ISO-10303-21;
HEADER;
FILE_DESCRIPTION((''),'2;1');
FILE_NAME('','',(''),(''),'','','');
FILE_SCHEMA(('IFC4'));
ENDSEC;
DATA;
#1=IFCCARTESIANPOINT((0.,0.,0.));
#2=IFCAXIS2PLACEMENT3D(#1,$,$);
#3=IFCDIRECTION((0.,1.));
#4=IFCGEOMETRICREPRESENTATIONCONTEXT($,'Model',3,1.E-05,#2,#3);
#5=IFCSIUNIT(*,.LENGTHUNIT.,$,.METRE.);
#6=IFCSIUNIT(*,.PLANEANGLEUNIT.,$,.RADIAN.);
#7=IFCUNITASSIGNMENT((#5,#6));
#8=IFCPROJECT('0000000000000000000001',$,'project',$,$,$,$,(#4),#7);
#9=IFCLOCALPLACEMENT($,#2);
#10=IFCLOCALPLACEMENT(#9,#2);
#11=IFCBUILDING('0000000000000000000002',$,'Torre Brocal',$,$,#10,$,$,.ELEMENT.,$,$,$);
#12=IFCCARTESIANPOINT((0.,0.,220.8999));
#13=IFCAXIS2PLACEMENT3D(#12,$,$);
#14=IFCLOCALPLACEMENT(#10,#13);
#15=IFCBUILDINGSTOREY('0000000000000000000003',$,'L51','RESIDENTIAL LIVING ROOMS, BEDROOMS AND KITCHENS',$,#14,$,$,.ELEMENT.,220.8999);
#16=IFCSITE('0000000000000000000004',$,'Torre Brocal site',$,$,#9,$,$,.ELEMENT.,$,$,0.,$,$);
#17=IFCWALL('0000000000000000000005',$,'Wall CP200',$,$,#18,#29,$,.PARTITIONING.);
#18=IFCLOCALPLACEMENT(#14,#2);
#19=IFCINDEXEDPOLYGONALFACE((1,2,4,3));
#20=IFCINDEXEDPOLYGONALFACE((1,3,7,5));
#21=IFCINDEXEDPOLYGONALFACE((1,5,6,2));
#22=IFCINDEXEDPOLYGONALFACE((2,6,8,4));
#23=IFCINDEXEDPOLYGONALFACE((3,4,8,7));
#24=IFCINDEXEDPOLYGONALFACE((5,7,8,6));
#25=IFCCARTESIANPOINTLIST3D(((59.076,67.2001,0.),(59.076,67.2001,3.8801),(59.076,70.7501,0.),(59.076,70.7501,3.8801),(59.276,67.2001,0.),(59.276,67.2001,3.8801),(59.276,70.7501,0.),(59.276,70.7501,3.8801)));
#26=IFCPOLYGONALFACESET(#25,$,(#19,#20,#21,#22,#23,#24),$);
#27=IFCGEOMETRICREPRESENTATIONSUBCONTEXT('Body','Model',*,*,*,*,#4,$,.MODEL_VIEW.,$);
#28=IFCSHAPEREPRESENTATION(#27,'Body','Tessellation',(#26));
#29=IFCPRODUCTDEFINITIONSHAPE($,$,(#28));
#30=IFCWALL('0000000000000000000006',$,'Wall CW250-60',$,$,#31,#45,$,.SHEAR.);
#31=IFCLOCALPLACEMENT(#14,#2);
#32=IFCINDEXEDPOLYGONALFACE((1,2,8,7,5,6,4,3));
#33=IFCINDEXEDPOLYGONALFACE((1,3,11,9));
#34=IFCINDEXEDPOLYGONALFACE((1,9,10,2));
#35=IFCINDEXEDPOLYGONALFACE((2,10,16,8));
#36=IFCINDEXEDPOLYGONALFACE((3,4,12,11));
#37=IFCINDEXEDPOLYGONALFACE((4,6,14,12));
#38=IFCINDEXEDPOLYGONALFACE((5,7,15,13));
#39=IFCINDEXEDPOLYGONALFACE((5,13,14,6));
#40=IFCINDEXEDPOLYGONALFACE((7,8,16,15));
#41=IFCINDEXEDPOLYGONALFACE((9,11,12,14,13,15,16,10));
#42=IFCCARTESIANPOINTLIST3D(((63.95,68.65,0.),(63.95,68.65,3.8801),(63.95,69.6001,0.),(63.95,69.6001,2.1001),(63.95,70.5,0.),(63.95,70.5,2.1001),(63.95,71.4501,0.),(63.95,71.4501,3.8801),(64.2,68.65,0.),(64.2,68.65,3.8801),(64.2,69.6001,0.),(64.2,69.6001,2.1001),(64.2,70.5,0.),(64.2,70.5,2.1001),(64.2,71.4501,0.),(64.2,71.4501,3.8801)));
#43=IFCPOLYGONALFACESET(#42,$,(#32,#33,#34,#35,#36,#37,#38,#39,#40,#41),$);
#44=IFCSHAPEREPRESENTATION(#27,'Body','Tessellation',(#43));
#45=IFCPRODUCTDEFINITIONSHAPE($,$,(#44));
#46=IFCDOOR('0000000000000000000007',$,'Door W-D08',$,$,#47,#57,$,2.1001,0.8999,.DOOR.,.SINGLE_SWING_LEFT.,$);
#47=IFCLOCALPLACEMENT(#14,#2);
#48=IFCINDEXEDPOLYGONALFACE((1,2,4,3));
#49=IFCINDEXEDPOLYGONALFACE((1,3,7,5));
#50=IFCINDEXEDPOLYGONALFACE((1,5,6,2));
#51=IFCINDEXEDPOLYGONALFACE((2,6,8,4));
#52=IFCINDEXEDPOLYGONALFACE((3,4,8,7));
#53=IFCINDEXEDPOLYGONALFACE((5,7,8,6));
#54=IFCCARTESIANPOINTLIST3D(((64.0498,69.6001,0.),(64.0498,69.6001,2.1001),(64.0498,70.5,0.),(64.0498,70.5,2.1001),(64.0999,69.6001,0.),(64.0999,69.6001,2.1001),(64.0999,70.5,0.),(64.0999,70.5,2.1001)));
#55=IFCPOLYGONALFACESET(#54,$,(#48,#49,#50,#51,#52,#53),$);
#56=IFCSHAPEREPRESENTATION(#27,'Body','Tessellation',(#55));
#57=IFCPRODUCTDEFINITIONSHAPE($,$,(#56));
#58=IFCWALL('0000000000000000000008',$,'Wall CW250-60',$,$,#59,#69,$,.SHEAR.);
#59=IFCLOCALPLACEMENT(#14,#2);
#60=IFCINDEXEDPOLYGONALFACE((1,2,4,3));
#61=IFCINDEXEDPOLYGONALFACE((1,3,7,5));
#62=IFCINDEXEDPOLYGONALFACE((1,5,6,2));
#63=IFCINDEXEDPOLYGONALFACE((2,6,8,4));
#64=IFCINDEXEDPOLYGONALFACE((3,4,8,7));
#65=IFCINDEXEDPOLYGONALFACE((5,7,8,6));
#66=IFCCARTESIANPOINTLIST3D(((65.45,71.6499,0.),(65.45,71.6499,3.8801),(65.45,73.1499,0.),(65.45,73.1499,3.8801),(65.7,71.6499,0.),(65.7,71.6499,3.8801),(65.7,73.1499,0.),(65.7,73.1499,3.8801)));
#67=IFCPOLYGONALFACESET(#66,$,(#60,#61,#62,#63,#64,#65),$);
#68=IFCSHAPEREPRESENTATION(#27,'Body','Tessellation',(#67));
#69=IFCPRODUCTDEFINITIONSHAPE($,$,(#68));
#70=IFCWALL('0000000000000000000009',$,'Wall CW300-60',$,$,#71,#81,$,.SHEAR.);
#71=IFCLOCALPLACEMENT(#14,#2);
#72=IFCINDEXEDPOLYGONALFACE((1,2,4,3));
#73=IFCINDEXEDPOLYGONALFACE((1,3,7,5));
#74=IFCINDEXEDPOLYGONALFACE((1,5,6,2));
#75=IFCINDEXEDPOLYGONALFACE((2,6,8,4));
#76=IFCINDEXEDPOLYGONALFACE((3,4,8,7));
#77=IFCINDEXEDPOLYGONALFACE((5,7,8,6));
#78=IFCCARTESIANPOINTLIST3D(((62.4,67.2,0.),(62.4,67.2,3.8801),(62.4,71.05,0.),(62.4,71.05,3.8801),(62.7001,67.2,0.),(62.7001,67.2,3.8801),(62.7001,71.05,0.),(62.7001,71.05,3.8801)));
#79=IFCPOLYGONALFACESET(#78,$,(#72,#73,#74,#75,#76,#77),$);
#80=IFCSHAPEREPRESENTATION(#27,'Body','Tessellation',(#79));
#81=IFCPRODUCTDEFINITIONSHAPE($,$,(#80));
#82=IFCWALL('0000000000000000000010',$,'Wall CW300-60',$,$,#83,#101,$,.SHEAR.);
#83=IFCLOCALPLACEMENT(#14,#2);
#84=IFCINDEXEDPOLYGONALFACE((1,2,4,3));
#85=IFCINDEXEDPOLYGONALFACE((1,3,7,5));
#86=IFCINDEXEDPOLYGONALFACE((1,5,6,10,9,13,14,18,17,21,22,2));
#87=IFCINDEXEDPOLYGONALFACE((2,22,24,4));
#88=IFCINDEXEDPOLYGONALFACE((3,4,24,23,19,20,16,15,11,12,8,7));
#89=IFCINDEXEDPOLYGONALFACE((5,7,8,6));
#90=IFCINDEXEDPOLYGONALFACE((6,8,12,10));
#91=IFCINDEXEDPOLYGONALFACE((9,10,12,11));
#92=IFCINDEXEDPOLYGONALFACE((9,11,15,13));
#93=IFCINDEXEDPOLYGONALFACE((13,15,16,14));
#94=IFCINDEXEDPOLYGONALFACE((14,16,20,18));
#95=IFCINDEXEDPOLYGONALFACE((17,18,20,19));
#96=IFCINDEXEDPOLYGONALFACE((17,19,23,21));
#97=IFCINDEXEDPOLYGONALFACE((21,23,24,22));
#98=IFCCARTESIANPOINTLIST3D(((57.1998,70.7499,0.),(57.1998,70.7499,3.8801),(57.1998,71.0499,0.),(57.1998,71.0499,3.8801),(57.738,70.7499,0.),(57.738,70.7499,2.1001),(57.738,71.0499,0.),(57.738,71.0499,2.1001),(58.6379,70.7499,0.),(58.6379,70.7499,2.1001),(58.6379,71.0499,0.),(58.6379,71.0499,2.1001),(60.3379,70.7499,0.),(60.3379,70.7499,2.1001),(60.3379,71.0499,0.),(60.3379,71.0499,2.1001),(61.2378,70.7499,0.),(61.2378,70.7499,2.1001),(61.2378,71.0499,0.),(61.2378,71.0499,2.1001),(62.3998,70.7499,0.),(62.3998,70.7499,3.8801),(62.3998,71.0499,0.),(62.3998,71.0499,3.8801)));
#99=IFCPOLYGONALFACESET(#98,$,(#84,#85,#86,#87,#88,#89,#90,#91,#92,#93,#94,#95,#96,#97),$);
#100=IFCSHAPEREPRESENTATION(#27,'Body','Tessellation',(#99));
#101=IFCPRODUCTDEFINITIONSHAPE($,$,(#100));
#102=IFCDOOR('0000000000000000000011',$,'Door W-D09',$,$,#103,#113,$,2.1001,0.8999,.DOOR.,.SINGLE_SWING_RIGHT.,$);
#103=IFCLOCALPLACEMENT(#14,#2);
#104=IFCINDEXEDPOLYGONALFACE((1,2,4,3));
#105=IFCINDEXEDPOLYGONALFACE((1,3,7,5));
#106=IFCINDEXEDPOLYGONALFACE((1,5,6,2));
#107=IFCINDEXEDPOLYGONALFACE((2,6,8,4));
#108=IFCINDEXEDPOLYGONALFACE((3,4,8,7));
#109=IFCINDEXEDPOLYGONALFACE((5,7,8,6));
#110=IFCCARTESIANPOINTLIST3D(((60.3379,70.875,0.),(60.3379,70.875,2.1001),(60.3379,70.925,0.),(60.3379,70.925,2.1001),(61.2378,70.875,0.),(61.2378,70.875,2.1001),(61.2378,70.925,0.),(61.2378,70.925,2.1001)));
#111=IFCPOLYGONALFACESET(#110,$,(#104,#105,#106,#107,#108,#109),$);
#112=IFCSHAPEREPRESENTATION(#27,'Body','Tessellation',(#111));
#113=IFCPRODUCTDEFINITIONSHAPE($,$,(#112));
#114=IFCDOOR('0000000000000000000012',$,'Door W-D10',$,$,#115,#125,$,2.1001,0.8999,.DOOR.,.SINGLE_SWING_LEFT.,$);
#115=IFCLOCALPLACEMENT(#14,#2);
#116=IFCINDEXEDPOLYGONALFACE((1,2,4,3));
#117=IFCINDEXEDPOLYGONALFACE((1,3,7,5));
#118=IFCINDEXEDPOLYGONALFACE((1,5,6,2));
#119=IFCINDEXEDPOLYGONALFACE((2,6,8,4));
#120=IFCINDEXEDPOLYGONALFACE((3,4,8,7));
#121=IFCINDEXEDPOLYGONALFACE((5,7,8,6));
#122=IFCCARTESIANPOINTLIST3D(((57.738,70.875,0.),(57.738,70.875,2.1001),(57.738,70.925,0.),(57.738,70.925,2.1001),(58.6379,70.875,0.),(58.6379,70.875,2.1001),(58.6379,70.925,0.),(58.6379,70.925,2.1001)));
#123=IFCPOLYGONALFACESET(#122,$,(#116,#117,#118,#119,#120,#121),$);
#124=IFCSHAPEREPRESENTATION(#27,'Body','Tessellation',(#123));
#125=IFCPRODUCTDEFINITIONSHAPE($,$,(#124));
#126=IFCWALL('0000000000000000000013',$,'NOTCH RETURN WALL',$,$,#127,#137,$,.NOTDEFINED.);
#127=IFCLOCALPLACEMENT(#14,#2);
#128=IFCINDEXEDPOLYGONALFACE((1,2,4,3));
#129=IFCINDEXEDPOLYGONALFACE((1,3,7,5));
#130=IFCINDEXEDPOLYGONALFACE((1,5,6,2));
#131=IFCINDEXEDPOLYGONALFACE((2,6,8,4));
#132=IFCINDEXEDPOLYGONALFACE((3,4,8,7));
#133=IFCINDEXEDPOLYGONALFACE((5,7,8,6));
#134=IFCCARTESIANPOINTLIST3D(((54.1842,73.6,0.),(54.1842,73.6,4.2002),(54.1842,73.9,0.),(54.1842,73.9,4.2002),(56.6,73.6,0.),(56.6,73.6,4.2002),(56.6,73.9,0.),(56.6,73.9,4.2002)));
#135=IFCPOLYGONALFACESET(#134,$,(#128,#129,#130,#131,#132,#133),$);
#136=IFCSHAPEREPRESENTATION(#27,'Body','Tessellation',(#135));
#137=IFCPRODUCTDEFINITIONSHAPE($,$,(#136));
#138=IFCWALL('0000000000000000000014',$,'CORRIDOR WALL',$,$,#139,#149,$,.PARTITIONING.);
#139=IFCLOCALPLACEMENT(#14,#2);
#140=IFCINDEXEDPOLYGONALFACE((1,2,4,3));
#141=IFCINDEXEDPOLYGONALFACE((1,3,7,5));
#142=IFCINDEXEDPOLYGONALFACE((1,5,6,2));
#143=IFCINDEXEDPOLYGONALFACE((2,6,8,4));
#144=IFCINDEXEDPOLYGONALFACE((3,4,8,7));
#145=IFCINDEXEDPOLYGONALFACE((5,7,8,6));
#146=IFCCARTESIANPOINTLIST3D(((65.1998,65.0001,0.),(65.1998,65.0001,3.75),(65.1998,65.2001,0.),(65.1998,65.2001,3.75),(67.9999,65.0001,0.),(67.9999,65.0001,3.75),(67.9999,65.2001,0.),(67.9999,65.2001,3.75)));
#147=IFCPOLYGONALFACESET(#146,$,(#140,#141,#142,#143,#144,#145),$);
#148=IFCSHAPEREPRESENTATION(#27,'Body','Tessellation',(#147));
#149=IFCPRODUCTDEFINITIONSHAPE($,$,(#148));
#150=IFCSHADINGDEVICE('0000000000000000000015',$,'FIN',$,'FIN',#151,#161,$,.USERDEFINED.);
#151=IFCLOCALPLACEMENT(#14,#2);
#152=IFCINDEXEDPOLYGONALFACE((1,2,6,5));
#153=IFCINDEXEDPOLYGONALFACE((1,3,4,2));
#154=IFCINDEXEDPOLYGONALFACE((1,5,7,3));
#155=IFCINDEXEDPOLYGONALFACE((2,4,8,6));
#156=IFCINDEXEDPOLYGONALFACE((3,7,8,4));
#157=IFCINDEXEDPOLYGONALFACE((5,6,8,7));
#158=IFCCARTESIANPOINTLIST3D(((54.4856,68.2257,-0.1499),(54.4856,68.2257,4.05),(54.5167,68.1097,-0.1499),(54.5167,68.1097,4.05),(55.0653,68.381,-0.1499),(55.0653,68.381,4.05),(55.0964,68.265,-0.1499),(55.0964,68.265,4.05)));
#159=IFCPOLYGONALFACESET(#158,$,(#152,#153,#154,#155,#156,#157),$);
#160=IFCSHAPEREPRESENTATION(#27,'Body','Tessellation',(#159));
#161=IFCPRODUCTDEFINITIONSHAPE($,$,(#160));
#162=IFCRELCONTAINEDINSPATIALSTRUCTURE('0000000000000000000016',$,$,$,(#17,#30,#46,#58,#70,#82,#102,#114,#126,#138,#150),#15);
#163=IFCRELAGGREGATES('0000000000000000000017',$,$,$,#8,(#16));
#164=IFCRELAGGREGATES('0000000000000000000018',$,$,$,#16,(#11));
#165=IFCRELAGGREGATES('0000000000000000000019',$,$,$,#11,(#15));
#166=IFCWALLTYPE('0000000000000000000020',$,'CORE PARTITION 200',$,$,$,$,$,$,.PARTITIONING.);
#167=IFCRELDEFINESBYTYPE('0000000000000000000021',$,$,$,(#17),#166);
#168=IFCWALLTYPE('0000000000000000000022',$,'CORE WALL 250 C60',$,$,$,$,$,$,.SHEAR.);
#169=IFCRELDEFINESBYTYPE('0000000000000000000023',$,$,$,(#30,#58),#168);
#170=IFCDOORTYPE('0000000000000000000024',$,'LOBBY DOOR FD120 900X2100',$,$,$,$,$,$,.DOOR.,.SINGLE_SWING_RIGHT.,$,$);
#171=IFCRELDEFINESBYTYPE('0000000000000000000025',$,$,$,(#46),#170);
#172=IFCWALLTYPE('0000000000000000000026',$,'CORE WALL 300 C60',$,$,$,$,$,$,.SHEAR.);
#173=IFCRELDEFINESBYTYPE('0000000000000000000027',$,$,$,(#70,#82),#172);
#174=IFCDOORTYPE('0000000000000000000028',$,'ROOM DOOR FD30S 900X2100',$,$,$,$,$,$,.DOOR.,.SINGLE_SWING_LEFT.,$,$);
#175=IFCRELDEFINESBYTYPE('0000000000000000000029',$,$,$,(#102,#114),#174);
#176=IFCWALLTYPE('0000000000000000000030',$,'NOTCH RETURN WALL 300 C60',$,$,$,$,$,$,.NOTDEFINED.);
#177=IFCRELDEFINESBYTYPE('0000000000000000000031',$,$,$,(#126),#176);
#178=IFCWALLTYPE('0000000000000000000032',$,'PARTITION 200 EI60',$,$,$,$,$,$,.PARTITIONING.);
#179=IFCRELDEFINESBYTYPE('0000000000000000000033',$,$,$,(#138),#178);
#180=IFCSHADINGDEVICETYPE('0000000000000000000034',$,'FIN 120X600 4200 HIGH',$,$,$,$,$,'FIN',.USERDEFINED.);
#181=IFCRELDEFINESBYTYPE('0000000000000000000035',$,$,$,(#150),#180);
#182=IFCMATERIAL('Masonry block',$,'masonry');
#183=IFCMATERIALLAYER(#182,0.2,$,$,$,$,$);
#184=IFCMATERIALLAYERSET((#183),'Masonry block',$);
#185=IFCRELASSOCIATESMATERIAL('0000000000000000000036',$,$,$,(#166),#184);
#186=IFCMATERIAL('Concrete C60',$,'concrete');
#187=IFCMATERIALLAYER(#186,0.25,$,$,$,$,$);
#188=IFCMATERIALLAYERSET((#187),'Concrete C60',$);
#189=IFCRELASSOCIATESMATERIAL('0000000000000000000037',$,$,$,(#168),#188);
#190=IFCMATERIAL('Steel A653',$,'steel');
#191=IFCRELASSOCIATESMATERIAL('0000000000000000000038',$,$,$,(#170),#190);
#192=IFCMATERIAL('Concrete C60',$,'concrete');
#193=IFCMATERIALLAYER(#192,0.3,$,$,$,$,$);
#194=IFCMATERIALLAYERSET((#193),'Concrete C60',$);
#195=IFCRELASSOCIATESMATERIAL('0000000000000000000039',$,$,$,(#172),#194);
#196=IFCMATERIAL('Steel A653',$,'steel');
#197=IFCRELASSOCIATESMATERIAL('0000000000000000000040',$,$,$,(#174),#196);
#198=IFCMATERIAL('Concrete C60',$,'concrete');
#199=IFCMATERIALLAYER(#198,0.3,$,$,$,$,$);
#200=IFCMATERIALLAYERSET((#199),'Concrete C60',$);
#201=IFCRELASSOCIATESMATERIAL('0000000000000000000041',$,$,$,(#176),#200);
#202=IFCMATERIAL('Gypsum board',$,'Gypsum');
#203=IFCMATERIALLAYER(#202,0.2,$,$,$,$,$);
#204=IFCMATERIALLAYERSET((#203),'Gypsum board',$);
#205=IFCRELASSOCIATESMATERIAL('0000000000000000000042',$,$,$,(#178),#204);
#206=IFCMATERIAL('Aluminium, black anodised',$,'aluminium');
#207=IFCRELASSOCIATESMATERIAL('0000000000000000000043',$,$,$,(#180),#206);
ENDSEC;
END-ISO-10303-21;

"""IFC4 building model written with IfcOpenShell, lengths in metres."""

from ifc_helpers import new_model, si_unit, direction, frame, frame_2d, origin, origin_2d, place, context, subcontext, project, spatial, rectangle, extrude, material, layer, layer_set, material_profile, profile_set, type_object, element, fill, save


model = new_model("IFC4")

# Units and contexts
model_context = context("Model", 3, precision=1e-05, world=origin(), true_north=direction((0.0, 1.0)))
body_context = subcontext(model_context, "Body", "Model", "MODEL_VIEW")
ifc_project = project(units=[si_unit("LENGTHUNIT", "METRE"), si_unit("PLANEANGLEUNIT", "RADIAN")], contexts=[model_context])

# Site, building, storey
site_placement = place(None, origin())
site = spatial("IfcSite", under=ifc_project, at=site_placement, Name="Torre Brocal site", CompositionType="ELEMENT", RefElevation=0.0)
building_placement = place(site_placement, origin())
building = spatial("IfcBuilding", under=site, at=building_placement, Name="Torre Brocal", CompositionType="ELEMENT")
storey_placement = place(building_placement, frame((0.0, 0.0, 220.8999)))
storey = spatial("IfcBuildingStorey", under=building, at=storey_placement, Name="L51", Description="RESIDENTIAL LIVING ROOMS, BEDROOMS AND KITCHENS", CompositionType="ELEMENT", Elevation=220.8999)

# Wall
ifc_material_1 = material(Name="Masonry block", Category="masonry")
ifc_layer_1 = layer(ifc_material_1, 0.2)
ifc_layer_set_1 = layer_set([ifc_layer_1], Name="Masonry block")
wall_type_1 = type_object("IfcWallType", Name="CORE PARTITION 200", PredefinedType="PARTITIONING", material=ifc_layer_set_1)
wall_1_placement = place(storey_placement, frame((59.176, 70.75, 0.0), z_axis=(0.0, 0.0, 1.0), x_axis=(0.0, -1.0, 0.0)))
element("IfcWall", 1, at=wall_1_placement, inside=storey, type_object=wall_type_1, Name="Wall CP200", PredefinedType="PARTITIONING", context=body_context, shape_type="SweptSolid", body=[
    extrude(rectangle(XDim=3.55, YDim=0.2, at=frame_2d((1.7749, 0.0))), origin(), (0.0, 0.0, 1.0), 3.8801),
])

# Wall, opening, door
ifc_material_2 = material(Name="Concrete C60", Category="concrete")
ifc_layer_2 = layer(ifc_material_2, 0.25)
ifc_layer_set_2 = layer_set([ifc_layer_2], Name="Concrete C60")
wall_type_2 = type_object("IfcWallType", Name="CORE WALL 250 C60", PredefinedType="SHEAR", material=ifc_layer_set_2)
wall_2_placement = place(storey_placement, frame((64.075, 71.45, 0.0), z_axis=(0.0, 0.0, 1.0), x_axis=(0.0, -1.0, 0.0)))
wall_2 = element("IfcWall", 2, at=wall_2_placement, inside=storey, type_object=wall_type_2, Name="Wall CW250-60", PredefinedType="SHEAR", context=body_context, shape_type="SweptSolid", body=[
    extrude(rectangle(XDim=2.8, YDim=0.25, at=frame_2d((1.3999, 0.0))), origin(), (0.0, 0.0, 1.0), 3.8801),
])
opening_1_placement = place(wall_2_placement, frame((0.95, 0.0, 0.0)))
opening_1 = element("IfcOpeningElement", 3, at=opening_1_placement, cuts=wall_2, PredefinedType="OPENING", context=body_context, shape_type="SweptSolid", body=[
    extrude(rectangle(XDim=0.8999, YDim=2.1001, at=frame_2d((0.45, 1.05))), frame((0.0, 0.135, 0.0), z_axis=(0.0, -1.0, 0.0), x_axis=(1.0, 0.0, 0.0)), (0.0, 0.0, 1.0), 0.27),
])
ifc_material_3 = material(Name="Steel A653", Category="steel")
door_type_1 = type_object("IfcDoorType", Name="LOBBY DOOR FD120 900X2100", OperationType="SINGLE_SWING_RIGHT", PredefinedType="DOOR", material=ifc_material_3)
door_1_placement = place(opening_1_placement, origin())
door_1 = element("IfcDoor", 4, at=door_1_placement, inside=storey, type_object=door_type_1, Name="Door W-D08", OperationType="SINGLE_SWING_LEFT", OverallHeight=2.1001, OverallWidth=0.8999, PredefinedType="DOOR", context=body_context, shape_type="SweptSolid", body=[
    extrude(rectangle(XDim=0.8999, YDim=2.1001, at=frame_2d((0.45, 1.05))), frame((0.0, 0.0249, 0.0), z_axis=(0.0, -1.0, 0.0), x_axis=(1.0, 0.0, 0.0)), (0.0, 0.0, 1.0), 0.05),
])
fill(opening_1, door_1)

# Walls
wall_3_placement = place(storey_placement, frame((65.575, 73.1499, 0.0), z_axis=(0.0, 0.0, 1.0), x_axis=(0.0, -1.0, 0.0)))
element("IfcWall", 5, at=wall_3_placement, inside=storey, type_object=wall_type_2, Name="Wall CW250-60", PredefinedType="SHEAR", context=body_context, shape_type="SweptSolid", body=[
    extrude(rectangle(XDim=1.5, YDim=0.25, at=frame_2d((0.75, 0.0))), origin(), (0.0, 0.0, 1.0), 3.8801),
])
ifc_material_4 = material(Name="Concrete C60", Category="concrete")
ifc_layer_3 = layer(ifc_material_4, 0.3)
ifc_layer_set_3 = layer_set([ifc_layer_3], Name="Concrete C60")
wall_type_3 = type_object("IfcWallType", Name="CORE WALL 300 C60", PredefinedType="SHEAR", material=ifc_layer_set_3)
wall_4_placement = place(storey_placement, frame((62.55, 71.05, 0.0), z_axis=(0.0, 0.0, 1.0), x_axis=(0.0, -1.0, 0.0)))
element("IfcWall", 6, at=wall_4_placement, inside=storey, type_object=wall_type_3, Name="Wall CW300-60", PredefinedType="SHEAR", context=body_context, shape_type="SweptSolid", body=[
    extrude(rectangle(XDim=3.8501, YDim=0.3, at=frame_2d((1.925, 0.0))), origin(), (0.0, 0.0, 1.0), 3.8801),
])

# Wall, openings, doors
wall_5_placement = place(storey_placement, frame((62.3999, 70.8999, 0.0), z_axis=(0.0, 0.0, 1.0), x_axis=(-1.0, 0.0, 0.0)))
wall_5 = element("IfcWall", 7, at=wall_5_placement, inside=storey, type_object=wall_type_3, Name="Wall CW300-60", PredefinedType="SHEAR", context=body_context, shape_type="SweptSolid", body=[
    extrude(rectangle(XDim=5.2, YDim=0.3, at=frame_2d((2.6001, 0.0))), origin(), (0.0, 0.0, 1.0), 3.8801),
])
opening_2_placement = place(wall_5_placement, frame((1.1621, 0.0, 0.0)))
opening_2 = element("IfcOpeningElement", 8, at=opening_2_placement, cuts=wall_5, PredefinedType="OPENING", context=body_context, shape_type="SweptSolid", body=[
    extrude(rectangle(XDim=0.8999, YDim=2.1001, at=frame_2d((0.45, 1.05))), frame((0.0, 0.1599, 0.0), z_axis=(0.0, -1.0, 0.0), x_axis=(1.0, 0.0, 0.0)), (0.0, 0.0, 1.0), 0.3201),
])
opening_3_placement = place(wall_5_placement, frame((3.762, 0.0, 0.0)))
opening_3 = element("IfcOpeningElement", 9, at=opening_3_placement, cuts=wall_5, PredefinedType="OPENING", context=body_context, shape_type="SweptSolid", body=[
    extrude(rectangle(XDim=0.8999, YDim=2.1001, at=frame_2d((0.45, 1.05))), frame((0.0, 0.1599, 0.0), z_axis=(0.0, -1.0, 0.0), x_axis=(1.0, 0.0, 0.0)), (0.0, 0.0, 1.0), 0.3201),
])
ifc_material_5 = material(Name="Steel A653", Category="steel")
door_type_2 = type_object("IfcDoorType", Name="ROOM DOOR FD30S 900X2100", OperationType="SINGLE_SWING_LEFT", PredefinedType="DOOR", material=ifc_material_5)
door_2_placement = place(opening_2_placement, origin())
door_2 = element("IfcDoor", 10, at=door_2_placement, inside=storey, type_object=door_type_2, Name="Door W-D09", OperationType="SINGLE_SWING_RIGHT", OverallHeight=2.1001, OverallWidth=0.8999, PredefinedType="DOOR", context=body_context, shape_type="SweptSolid", body=[
    extrude(rectangle(XDim=0.8999, YDim=2.1001, at=frame_2d((0.45, 1.05))), frame((0.0, 0.0249, 0.0), z_axis=(0.0, -1.0, 0.0), x_axis=(1.0, 0.0, 0.0)), (0.0, 0.0, 1.0), 0.05),
])
fill(opening_2, door_2)
door_3_placement = place(opening_3_placement, origin())
door_3 = element("IfcDoor", 11, at=door_3_placement, inside=storey, type_object=door_type_2, Name="Door W-D10", OperationType="SINGLE_SWING_LEFT", OverallHeight=2.1001, OverallWidth=0.8999, PredefinedType="DOOR", context=body_context, shape_type="SweptSolid", body=[
    extrude(rectangle(XDim=0.8999, YDim=2.1001, at=frame_2d((0.45, 1.05))), frame((0.0, 0.0249, 0.0), z_axis=(0.0, -1.0, 0.0), x_axis=(1.0, 0.0, 0.0)), (0.0, 0.0, 1.0), 0.05),
])
fill(opening_3, door_3)

# Walls
ifc_material_6 = material(Name="Concrete C60", Category="concrete")
ifc_layer_4 = layer(ifc_material_6, 0.3)
ifc_layer_set_4 = layer_set([ifc_layer_4], Name="Concrete C60")
wall_type_4 = type_object("IfcWallType", Name="NOTCH RETURN WALL 300 C60", PredefinedType="NOTDEFINED", material=ifc_layer_set_4)
wall_6_placement = place(storey_placement, frame((56.6001, 73.75, 0.0), z_axis=(0.0, 0.0, 1.0), x_axis=(-1.0, 0.0, 0.0)))
element("IfcWall", 12, at=wall_6_placement, inside=storey, type_object=wall_type_4, Name="NOTCH RETURN WALL", PredefinedType="NOTDEFINED", context=body_context, shape_type="SweptSolid", body=[
    extrude(rectangle(XDim=2.4158, YDim=0.3, at=frame_2d((1.208, 0.0))), origin(), (0.0, 0.0, 1.0), 4.2002),
])
ifc_material_7 = material(Name="Gypsum board", Category="Gypsum")
ifc_layer_5 = layer(ifc_material_7, 0.2)
ifc_layer_set_5 = layer_set([ifc_layer_5], Name="Gypsum board")
wall_type_5 = type_object("IfcWallType", Name="PARTITION 200 EI60", PredefinedType="PARTITIONING", material=ifc_layer_set_5)
wall_7_placement = place(storey_placement, frame((65.2, 65.1001, 0.0), z_axis=(0.0, 0.0, 1.0), x_axis=(1.0, 0.0, 0.0)))
element("IfcWall", 13, at=wall_7_placement, inside=storey, type_object=wall_type_5, Name="CORRIDOR WALL", PredefinedType="PARTITIONING", context=body_context, shape_type="SweptSolid", body=[
    extrude(rectangle(XDim=2.8, YDim=0.2, at=frame_2d((1.3999, 0.0))), origin(), (0.0, 0.0, 1.0), 3.75),
])

# Shading device
ifc_material_8 = material(Name="Aluminium, black anodised", Category="aluminium")
ifc_material_profile_1 = material_profile(ifc_material_8, rectangle(XDim=0.1201, YDim=0.6001, at=origin_2d()), Name="FIN 120X600 4200 HIGH")
ifc_profile_set_1 = profile_set([ifc_material_profile_1], Name="Aluminium, black anodised")
shading_device_type = type_object("IfcShadingDeviceType", Name="FIN 120X600 4200 HIGH", ElementType="FIN", PredefinedType="USERDEFINED", material=ifc_profile_set_1)
shading_device_placement = place(storey_placement, frame((54.791, 68.2454, -0.1499), z_axis=(0.0, 0.0, 1.0), x_axis=(0.258819, -0.965926, 0.0)))
element("IfcShadingDevice", 14, at=shading_device_placement, inside=storey, type_object=shading_device_type, Name="FIN", ObjectType="FIN", PredefinedType="USERDEFINED", context=body_context, shape_type="SweptSolid", body=[
    extrude(rectangle(XDim=0.1201, YDim=0.6001, at=origin_2d()), origin(), (0.0, 0.0, 1.0), 4.2),
])

save(model, "model.ifc")
